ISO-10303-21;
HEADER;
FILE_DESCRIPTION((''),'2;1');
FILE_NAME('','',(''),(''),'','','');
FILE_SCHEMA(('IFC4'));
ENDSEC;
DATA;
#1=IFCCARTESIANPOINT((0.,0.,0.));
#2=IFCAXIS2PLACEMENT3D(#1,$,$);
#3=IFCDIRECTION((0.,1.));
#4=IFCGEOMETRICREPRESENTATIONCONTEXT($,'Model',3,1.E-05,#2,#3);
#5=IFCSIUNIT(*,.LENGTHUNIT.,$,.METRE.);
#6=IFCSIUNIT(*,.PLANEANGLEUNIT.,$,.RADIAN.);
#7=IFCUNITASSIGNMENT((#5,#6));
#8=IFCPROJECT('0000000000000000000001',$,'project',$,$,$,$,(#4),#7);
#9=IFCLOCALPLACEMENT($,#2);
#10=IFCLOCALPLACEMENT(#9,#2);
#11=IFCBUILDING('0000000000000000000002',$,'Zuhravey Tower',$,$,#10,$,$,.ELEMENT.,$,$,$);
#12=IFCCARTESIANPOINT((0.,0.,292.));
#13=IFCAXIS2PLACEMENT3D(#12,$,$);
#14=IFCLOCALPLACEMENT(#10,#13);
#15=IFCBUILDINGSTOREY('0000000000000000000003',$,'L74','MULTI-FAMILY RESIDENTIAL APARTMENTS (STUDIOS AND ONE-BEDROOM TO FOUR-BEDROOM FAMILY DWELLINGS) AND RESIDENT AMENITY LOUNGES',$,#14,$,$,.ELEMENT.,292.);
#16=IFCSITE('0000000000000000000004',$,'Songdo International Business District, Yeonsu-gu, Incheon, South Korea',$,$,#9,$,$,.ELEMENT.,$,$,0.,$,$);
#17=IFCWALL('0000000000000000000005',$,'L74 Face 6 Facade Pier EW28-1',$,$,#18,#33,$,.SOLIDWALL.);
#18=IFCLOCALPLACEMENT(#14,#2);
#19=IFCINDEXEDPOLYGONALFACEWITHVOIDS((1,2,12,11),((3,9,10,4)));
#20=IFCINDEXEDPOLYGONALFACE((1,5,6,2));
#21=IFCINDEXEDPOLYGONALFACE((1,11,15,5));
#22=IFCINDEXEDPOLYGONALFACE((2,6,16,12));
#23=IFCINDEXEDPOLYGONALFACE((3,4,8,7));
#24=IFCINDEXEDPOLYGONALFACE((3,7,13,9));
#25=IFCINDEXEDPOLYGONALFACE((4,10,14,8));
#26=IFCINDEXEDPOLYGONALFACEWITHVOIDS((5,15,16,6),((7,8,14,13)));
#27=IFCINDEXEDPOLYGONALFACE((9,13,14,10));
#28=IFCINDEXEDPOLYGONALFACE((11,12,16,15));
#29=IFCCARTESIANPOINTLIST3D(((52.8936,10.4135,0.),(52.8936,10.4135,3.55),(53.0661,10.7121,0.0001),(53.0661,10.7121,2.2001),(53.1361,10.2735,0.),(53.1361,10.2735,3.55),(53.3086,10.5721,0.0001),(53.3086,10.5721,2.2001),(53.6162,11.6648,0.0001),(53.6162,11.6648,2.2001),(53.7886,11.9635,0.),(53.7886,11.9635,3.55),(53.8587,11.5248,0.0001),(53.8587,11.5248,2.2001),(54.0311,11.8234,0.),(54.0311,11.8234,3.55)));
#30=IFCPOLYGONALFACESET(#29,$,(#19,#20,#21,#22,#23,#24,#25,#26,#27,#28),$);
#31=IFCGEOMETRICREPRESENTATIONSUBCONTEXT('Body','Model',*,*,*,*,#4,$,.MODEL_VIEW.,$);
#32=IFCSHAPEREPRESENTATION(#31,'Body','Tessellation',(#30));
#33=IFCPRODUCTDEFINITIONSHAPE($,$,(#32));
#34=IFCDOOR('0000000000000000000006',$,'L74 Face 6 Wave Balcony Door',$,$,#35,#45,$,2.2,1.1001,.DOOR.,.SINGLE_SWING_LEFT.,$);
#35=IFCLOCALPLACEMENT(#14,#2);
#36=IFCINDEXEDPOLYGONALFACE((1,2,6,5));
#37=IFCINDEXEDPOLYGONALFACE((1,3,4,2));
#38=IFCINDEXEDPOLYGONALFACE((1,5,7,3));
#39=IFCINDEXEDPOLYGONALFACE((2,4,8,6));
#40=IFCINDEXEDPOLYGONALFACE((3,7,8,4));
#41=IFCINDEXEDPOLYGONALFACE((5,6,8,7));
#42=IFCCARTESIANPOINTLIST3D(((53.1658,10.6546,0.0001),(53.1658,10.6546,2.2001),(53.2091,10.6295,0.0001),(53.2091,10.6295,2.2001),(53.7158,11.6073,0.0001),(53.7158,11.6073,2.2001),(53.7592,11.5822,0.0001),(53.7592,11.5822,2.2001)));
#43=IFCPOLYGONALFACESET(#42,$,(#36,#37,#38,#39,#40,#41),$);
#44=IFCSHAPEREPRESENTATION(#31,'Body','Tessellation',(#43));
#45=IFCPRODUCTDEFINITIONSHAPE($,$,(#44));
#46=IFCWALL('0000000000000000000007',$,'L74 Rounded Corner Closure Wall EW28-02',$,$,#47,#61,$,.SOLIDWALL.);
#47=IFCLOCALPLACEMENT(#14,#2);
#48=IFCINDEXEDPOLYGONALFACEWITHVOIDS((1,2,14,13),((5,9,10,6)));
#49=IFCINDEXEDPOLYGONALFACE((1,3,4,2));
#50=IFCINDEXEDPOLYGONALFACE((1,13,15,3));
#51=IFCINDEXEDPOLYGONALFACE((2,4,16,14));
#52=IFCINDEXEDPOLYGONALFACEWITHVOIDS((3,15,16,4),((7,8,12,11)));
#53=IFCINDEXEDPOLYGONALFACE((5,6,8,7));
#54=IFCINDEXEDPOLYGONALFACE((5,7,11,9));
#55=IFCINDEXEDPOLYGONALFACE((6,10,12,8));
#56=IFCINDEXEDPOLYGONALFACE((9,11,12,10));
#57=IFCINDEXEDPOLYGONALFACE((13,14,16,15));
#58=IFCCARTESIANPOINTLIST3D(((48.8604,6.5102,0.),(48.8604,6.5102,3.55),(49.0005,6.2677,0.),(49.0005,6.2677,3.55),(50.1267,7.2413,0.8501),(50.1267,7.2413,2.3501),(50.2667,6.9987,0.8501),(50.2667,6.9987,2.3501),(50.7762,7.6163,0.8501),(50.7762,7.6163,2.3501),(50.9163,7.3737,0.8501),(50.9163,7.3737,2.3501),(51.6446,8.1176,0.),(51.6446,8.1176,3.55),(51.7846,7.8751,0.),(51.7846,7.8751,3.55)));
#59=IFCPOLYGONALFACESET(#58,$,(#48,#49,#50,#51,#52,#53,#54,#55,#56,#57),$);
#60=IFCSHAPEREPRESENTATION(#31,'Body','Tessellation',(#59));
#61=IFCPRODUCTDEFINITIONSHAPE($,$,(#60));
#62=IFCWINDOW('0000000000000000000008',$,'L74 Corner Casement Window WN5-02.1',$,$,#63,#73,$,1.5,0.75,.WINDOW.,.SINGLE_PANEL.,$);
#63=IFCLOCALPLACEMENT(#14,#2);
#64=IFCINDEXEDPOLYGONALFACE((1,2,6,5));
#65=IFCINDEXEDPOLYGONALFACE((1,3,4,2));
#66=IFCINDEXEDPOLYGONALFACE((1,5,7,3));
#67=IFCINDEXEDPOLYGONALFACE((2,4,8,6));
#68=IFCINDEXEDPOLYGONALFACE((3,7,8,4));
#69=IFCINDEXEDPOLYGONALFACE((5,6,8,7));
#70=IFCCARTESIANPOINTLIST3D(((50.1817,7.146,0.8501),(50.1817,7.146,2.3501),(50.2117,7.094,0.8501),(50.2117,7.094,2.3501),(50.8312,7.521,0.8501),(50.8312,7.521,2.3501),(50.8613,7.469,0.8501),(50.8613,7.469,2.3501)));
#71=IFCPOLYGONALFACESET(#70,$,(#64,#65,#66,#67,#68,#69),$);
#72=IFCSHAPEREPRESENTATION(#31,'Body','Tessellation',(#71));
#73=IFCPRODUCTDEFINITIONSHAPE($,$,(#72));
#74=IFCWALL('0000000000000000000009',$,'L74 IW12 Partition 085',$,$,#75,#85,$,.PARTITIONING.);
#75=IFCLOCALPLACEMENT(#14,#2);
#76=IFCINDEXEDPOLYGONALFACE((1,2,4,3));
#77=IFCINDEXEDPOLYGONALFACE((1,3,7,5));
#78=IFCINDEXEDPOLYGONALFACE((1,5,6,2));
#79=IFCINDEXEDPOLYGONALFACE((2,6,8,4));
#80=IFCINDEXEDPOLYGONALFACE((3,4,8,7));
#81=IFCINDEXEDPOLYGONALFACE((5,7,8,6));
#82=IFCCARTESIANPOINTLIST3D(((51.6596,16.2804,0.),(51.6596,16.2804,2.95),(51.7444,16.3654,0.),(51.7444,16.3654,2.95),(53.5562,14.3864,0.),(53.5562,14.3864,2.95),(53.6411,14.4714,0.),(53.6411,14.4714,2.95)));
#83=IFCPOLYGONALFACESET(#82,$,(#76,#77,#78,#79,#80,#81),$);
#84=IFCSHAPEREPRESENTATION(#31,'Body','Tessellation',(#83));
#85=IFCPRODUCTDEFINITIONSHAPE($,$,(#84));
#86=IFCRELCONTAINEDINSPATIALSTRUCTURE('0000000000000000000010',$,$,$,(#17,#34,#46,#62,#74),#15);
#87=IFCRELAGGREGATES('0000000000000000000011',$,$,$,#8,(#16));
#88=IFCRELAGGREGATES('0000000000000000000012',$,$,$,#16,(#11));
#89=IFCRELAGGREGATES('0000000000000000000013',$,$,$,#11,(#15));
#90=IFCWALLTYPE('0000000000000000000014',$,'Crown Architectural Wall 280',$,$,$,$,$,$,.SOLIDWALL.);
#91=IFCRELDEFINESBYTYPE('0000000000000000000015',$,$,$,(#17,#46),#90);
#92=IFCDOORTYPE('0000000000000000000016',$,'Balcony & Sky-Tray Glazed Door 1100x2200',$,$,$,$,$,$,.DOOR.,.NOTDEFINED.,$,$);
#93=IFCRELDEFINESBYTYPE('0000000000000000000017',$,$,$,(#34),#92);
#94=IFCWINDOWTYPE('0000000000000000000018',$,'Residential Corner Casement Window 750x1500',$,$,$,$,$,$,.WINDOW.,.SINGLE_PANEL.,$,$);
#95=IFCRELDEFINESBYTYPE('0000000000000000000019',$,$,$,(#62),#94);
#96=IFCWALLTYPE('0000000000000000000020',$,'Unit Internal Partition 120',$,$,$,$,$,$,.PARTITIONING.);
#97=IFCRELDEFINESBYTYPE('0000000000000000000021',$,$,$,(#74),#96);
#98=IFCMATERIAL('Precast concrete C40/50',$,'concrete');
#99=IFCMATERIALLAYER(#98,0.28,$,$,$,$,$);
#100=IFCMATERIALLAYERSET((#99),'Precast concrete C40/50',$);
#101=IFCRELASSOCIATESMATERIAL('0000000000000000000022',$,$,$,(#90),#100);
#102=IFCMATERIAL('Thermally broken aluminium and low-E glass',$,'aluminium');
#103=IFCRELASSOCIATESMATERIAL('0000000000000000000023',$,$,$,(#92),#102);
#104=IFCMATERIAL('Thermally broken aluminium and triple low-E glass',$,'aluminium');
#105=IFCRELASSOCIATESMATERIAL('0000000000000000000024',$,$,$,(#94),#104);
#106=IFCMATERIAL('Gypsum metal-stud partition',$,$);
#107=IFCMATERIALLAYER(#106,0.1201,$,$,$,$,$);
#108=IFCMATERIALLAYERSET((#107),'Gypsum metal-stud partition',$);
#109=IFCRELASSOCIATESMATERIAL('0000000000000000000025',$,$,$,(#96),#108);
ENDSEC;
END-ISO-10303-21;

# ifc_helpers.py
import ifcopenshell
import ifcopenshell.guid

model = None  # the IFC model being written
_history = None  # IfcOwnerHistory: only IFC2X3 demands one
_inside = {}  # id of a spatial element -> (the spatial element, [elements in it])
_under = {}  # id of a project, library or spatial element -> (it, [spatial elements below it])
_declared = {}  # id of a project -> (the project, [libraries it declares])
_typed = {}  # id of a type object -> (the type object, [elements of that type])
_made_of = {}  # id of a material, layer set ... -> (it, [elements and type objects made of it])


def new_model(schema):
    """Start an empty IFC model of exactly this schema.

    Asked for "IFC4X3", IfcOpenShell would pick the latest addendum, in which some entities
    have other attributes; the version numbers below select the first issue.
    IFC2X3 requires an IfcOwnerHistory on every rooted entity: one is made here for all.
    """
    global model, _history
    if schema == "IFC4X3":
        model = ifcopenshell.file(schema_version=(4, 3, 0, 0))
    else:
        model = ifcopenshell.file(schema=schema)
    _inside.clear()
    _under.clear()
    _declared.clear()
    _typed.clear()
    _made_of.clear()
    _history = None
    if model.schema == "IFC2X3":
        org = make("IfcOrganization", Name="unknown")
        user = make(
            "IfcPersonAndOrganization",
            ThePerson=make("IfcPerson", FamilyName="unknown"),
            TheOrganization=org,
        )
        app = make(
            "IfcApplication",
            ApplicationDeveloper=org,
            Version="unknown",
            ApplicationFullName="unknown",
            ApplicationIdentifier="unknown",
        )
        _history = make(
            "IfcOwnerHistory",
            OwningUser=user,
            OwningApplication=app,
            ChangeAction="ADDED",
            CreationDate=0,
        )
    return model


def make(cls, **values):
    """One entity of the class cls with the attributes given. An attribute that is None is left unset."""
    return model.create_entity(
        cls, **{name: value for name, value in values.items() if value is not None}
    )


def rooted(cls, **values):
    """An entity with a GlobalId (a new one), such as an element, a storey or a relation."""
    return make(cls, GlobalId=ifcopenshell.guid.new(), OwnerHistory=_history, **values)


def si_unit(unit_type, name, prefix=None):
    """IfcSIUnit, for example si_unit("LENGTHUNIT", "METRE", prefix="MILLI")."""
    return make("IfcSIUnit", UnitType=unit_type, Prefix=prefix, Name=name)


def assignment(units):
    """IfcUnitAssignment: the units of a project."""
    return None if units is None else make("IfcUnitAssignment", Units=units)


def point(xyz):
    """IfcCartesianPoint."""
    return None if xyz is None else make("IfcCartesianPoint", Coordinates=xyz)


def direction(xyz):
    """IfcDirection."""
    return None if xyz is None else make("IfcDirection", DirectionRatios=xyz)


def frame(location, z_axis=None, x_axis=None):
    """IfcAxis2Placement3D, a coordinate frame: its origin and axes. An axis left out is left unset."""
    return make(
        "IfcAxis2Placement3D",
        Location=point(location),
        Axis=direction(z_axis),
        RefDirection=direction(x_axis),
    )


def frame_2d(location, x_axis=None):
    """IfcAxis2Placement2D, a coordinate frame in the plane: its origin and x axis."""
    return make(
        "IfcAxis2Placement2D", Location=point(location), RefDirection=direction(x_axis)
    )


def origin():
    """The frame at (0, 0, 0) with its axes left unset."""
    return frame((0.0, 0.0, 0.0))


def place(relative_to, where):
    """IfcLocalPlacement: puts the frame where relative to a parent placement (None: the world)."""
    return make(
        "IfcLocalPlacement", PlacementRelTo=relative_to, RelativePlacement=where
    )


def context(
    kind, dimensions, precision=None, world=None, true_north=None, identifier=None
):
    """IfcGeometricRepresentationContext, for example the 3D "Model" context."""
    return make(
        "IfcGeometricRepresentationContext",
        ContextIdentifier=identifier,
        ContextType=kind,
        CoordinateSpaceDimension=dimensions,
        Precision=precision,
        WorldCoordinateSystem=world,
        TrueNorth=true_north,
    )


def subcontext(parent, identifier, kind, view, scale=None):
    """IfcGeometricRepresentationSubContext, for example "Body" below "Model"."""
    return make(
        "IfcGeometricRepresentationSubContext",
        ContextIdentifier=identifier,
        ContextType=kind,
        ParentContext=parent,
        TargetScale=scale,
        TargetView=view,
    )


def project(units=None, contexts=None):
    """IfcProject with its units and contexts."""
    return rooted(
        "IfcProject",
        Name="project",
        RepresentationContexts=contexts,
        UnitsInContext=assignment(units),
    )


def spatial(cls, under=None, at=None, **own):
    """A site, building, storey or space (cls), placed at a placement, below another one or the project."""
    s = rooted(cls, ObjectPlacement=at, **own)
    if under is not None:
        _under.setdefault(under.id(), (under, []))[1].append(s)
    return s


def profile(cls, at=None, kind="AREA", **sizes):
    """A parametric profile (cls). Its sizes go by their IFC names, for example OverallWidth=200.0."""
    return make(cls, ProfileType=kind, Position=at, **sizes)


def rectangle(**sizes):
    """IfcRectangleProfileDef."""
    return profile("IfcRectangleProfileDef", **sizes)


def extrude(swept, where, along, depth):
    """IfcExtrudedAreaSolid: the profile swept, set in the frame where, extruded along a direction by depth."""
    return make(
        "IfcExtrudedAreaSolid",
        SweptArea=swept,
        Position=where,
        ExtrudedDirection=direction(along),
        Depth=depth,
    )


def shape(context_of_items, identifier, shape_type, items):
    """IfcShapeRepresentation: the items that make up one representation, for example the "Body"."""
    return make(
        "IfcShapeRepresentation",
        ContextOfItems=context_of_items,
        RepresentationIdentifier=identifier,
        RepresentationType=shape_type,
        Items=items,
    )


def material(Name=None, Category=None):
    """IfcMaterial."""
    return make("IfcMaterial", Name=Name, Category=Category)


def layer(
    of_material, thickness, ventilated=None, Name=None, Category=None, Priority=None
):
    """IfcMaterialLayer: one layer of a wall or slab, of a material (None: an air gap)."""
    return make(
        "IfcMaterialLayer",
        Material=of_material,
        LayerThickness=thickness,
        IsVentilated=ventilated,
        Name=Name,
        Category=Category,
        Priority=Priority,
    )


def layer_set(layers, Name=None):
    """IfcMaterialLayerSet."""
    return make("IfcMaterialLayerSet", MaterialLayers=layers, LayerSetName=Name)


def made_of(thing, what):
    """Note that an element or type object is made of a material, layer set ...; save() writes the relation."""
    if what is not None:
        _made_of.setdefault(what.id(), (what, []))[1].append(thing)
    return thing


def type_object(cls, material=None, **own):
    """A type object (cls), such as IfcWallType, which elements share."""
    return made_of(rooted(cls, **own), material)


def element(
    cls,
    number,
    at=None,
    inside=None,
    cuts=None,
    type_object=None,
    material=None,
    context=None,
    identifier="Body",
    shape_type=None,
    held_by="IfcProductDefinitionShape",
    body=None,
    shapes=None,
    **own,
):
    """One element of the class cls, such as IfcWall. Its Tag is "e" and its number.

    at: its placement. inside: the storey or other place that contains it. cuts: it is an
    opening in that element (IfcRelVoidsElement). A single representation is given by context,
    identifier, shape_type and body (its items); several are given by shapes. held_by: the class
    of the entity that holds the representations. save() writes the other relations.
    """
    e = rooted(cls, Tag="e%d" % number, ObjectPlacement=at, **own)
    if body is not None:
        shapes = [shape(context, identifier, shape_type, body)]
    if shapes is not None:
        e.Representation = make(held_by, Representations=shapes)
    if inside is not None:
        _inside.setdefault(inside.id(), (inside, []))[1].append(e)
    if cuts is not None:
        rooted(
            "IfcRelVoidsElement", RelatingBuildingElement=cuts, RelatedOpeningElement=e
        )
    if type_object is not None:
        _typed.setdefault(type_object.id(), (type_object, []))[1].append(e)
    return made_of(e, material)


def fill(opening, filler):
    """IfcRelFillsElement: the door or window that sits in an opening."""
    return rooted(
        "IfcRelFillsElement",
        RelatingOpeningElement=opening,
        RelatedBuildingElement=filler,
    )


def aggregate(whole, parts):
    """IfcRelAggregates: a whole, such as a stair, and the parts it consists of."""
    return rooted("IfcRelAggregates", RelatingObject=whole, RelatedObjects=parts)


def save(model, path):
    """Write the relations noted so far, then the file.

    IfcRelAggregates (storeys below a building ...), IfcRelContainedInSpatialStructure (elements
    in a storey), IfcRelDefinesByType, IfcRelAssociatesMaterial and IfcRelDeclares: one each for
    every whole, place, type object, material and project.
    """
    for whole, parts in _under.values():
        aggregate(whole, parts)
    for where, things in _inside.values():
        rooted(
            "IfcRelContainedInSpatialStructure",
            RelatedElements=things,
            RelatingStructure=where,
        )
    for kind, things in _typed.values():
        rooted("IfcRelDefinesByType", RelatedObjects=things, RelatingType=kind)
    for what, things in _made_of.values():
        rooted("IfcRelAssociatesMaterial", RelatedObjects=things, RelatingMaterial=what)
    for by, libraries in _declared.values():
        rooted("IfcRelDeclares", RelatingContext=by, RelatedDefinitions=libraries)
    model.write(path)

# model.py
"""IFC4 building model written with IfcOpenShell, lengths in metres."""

from ifc_helpers import new_model, si_unit, direction, frame, frame_2d, origin, place, context, subcontext, project, spatial, rectangle, extrude, material, layer, layer_set, type_object, element, fill, save


model = new_model("IFC4")

# Units and contexts
model_context = context("Model", 3, precision=1e-05, world=origin(), true_north=direction((0.0, 1.0)))
body_context = subcontext(model_context, "Body", "Model", "MODEL_VIEW")
ifc_project = project(units=[si_unit("LENGTHUNIT", "METRE"), si_unit("PLANEANGLEUNIT", "RADIAN")], contexts=[model_context])

# Site, building, storey
site_placement = place(None, origin())
site = spatial("IfcSite", under=ifc_project, at=site_placement, Name="Songdo International Business District, Yeonsu-gu, Incheon, South Korea", CompositionType="ELEMENT", RefElevation=0.0)
building_placement = place(site_placement, origin())
building = spatial("IfcBuilding", under=site, at=building_placement, Name="Zuhravey Tower", CompositionType="ELEMENT")
storey_placement = place(building_placement, frame((0.0, 0.0, 292.0)))
storey = spatial("IfcBuildingStorey", under=building, at=storey_placement, Name="L74", Description="MULTI-FAMILY RESIDENTIAL APARTMENTS (STUDIOS AND ONE-BEDROOM TO FOUR-BEDROOM FAMILY DWELLINGS) AND RESIDENT AMENITY LOUNGES", CompositionType="ELEMENT", Elevation=292.0)

# Wall, opening, door
ifc_material_1 = material(Name="Precast concrete C40/50", Category="concrete")
ifc_layer_1 = layer(ifc_material_1, 0.28)
ifc_layer_set_1 = layer_set([ifc_layer_1], Name="Precast concrete C40/50")
wall_type_1 = type_object("IfcWallType", Name="Crown Architectural Wall 280", PredefinedType="SOLIDWALL", material=ifc_layer_set_1)
wall_1_placement = place(storey_placement, frame((53.9099, 11.8936, 0.0), z_axis=(0.0, 0.0, 1.0), x_axis=(-0.500041, -0.866002, 0.0)))
wall_1 = element("IfcWall", 1, at=wall_1_placement, inside=storey, type_object=wall_type_1, Name="L74 Face 6 Facade Pier EW28-1", PredefinedType="SOLIDWALL", context=body_context, shape_type="SweptSolid", body=[
    extrude(rectangle(XDim=1.7898, YDim=0.28, at=frame_2d((0.895, 0.0))), origin(), (0.0, 0.0, 1.0), 3.55),
])
opening_1_placement = place(wall_1_placement, frame((0.345, 0.0, 0.0)))
opening_1 = element("IfcOpeningElement", 2, at=opening_1_placement, cuts=wall_1, PredefinedType="OPENING", context=body_context, shape_type="SweptSolid", body=[
    extrude(rectangle(XDim=1.1001, YDim=2.2, at=frame_2d((0.55, 1.1001))), frame((0.0, 0.1521, 0.0), z_axis=(0.0, -1.0, 0.0), x_axis=(1.0, 0.0, 0.0)), (0.0, 0.0, 1.0), 0.304),
])
ifc_material_2 = material(Name="Thermally broken aluminium and low-E glass", Category="aluminium")
door_type = type_object("IfcDoorType", Name="Balcony & Sky-Tray Glazed Door 1100x2200", OperationType="NOTDEFINED", PredefinedType="DOOR", material=ifc_material_2)
door_placement = place(opening_1_placement, frame((1.1001, 0.0, 0.0), z_axis=(0.0, 0.0, 1.0), x_axis=(-1.0, 0.0, 0.0)))
door = element("IfcDoor", 3, at=door_placement, inside=storey, type_object=door_type, Name="L74 Face 6 Wave Balcony Door", OperationType="SINGLE_SWING_LEFT", OverallHeight=2.2, OverallWidth=1.1001, PredefinedType="DOOR", context=body_context, shape_type="SweptSolid", body=[
    extrude(rectangle(XDim=1.1001, YDim=2.2, at=frame_2d((0.55, 1.1001))), frame((0.0, 0.0249, 0.0), z_axis=(0.0, -1.0, 0.0), x_axis=(1.0, 0.0, 0.0)), (0.0, 0.0, 1.0), 0.05),
])
fill(opening_1, door)

# Wall, opening, window
wall_2_placement = place(storey_placement, frame((51.7146, 7.9963, 0.0), z_axis=(0.0, 0.0, 1.0), x_axis=(-0.866029, -0.499994, 0.0)))
wall_2 = element("IfcWall", 4, at=wall_2_placement, inside=storey, type_object=wall_type_1, Name="L74 Rounded Corner Closure Wall EW28-02", PredefinedType="SOLIDWALL", context=body_context, shape_type="SweptSolid", body=[
    extrude(rectangle(XDim=3.2148, YDim=0.28, at=frame_2d((1.6074, 0.0))), origin(), (0.0, 0.0, 1.0), 3.55),
])
opening_2_placement = place(wall_2_placement, frame((1.0027, 0.0, 0.8501)))
opening_2 = element("IfcOpeningElement", 5, at=opening_2_placement, cuts=wall_2, PredefinedType="OPENING", context=body_context, shape_type="SweptSolid", body=[
    extrude(rectangle(XDim=0.75, YDim=1.5, at=frame_2d((0.375, 0.75))), frame((0.0, 0.1521, 0.0), z_axis=(0.0, -1.0, 0.0), x_axis=(1.0, 0.0, 0.0)), (0.0, 0.0, 1.0), 0.304),
])
ifc_material_3 = material(Name="Thermally broken aluminium and triple low-E glass", Category="aluminium")
window_type = type_object("IfcWindowType", Name="Residential Corner Casement Window 750x1500", PartitioningType="SINGLE_PANEL", PredefinedType="WINDOW", material=ifc_material_3)
window_placement = place(opening_2_placement, origin())
window = element("IfcWindow", 6, at=window_placement, inside=storey, type_object=window_type, Name="L74 Corner Casement Window WN5-02.1", OverallHeight=1.5, OverallWidth=0.75, PartitioningType="SINGLE_PANEL", PredefinedType="WINDOW", context=body_context, shape_type="SweptSolid", body=[
    extrude(rectangle(XDim=0.75, YDim=1.5, at=frame_2d((0.375, 0.75))), frame((0.0, 0.03, 0.0), z_axis=(0.0, -1.0, 0.0), x_axis=(1.0, 0.0, 0.0)), (0.0, 0.0, 1.0), 0.0601),
])
fill(opening_2, window)

# Wall
ifc_material_4 = material(Name="Gypsum metal-stud partition")
ifc_layer_2 = layer(ifc_material_4, 0.1201)
ifc_layer_set_2 = layer_set([ifc_layer_2], Name="Gypsum metal-stud partition")
wall_type_2 = type_object("IfcWallType", Name="Unit Internal Partition 120", PredefinedType="PARTITIONING", material=ifc_layer_set_2)
wall_3_placement = place(storey_placement, frame((51.7019, 16.323, 0.0), z_axis=(0.0, 0.0, 1.0), x_axis=(0.707608, -0.706606, 0.0)))
element("IfcWall", 7, at=wall_3_placement, inside=storey, type_object=wall_type_2, Name="L74 IW12 Partition 085", PredefinedType="PARTITIONING", context=body_context, shape_type="SweptSolid", body=[
    extrude(rectangle(XDim=2.6804, YDim=0.1201, at=frame_2d((1.3403, 0.0))), origin(), (0.0, 0.0, 1.0), 2.95),
])

save(model, "model.ifc")
